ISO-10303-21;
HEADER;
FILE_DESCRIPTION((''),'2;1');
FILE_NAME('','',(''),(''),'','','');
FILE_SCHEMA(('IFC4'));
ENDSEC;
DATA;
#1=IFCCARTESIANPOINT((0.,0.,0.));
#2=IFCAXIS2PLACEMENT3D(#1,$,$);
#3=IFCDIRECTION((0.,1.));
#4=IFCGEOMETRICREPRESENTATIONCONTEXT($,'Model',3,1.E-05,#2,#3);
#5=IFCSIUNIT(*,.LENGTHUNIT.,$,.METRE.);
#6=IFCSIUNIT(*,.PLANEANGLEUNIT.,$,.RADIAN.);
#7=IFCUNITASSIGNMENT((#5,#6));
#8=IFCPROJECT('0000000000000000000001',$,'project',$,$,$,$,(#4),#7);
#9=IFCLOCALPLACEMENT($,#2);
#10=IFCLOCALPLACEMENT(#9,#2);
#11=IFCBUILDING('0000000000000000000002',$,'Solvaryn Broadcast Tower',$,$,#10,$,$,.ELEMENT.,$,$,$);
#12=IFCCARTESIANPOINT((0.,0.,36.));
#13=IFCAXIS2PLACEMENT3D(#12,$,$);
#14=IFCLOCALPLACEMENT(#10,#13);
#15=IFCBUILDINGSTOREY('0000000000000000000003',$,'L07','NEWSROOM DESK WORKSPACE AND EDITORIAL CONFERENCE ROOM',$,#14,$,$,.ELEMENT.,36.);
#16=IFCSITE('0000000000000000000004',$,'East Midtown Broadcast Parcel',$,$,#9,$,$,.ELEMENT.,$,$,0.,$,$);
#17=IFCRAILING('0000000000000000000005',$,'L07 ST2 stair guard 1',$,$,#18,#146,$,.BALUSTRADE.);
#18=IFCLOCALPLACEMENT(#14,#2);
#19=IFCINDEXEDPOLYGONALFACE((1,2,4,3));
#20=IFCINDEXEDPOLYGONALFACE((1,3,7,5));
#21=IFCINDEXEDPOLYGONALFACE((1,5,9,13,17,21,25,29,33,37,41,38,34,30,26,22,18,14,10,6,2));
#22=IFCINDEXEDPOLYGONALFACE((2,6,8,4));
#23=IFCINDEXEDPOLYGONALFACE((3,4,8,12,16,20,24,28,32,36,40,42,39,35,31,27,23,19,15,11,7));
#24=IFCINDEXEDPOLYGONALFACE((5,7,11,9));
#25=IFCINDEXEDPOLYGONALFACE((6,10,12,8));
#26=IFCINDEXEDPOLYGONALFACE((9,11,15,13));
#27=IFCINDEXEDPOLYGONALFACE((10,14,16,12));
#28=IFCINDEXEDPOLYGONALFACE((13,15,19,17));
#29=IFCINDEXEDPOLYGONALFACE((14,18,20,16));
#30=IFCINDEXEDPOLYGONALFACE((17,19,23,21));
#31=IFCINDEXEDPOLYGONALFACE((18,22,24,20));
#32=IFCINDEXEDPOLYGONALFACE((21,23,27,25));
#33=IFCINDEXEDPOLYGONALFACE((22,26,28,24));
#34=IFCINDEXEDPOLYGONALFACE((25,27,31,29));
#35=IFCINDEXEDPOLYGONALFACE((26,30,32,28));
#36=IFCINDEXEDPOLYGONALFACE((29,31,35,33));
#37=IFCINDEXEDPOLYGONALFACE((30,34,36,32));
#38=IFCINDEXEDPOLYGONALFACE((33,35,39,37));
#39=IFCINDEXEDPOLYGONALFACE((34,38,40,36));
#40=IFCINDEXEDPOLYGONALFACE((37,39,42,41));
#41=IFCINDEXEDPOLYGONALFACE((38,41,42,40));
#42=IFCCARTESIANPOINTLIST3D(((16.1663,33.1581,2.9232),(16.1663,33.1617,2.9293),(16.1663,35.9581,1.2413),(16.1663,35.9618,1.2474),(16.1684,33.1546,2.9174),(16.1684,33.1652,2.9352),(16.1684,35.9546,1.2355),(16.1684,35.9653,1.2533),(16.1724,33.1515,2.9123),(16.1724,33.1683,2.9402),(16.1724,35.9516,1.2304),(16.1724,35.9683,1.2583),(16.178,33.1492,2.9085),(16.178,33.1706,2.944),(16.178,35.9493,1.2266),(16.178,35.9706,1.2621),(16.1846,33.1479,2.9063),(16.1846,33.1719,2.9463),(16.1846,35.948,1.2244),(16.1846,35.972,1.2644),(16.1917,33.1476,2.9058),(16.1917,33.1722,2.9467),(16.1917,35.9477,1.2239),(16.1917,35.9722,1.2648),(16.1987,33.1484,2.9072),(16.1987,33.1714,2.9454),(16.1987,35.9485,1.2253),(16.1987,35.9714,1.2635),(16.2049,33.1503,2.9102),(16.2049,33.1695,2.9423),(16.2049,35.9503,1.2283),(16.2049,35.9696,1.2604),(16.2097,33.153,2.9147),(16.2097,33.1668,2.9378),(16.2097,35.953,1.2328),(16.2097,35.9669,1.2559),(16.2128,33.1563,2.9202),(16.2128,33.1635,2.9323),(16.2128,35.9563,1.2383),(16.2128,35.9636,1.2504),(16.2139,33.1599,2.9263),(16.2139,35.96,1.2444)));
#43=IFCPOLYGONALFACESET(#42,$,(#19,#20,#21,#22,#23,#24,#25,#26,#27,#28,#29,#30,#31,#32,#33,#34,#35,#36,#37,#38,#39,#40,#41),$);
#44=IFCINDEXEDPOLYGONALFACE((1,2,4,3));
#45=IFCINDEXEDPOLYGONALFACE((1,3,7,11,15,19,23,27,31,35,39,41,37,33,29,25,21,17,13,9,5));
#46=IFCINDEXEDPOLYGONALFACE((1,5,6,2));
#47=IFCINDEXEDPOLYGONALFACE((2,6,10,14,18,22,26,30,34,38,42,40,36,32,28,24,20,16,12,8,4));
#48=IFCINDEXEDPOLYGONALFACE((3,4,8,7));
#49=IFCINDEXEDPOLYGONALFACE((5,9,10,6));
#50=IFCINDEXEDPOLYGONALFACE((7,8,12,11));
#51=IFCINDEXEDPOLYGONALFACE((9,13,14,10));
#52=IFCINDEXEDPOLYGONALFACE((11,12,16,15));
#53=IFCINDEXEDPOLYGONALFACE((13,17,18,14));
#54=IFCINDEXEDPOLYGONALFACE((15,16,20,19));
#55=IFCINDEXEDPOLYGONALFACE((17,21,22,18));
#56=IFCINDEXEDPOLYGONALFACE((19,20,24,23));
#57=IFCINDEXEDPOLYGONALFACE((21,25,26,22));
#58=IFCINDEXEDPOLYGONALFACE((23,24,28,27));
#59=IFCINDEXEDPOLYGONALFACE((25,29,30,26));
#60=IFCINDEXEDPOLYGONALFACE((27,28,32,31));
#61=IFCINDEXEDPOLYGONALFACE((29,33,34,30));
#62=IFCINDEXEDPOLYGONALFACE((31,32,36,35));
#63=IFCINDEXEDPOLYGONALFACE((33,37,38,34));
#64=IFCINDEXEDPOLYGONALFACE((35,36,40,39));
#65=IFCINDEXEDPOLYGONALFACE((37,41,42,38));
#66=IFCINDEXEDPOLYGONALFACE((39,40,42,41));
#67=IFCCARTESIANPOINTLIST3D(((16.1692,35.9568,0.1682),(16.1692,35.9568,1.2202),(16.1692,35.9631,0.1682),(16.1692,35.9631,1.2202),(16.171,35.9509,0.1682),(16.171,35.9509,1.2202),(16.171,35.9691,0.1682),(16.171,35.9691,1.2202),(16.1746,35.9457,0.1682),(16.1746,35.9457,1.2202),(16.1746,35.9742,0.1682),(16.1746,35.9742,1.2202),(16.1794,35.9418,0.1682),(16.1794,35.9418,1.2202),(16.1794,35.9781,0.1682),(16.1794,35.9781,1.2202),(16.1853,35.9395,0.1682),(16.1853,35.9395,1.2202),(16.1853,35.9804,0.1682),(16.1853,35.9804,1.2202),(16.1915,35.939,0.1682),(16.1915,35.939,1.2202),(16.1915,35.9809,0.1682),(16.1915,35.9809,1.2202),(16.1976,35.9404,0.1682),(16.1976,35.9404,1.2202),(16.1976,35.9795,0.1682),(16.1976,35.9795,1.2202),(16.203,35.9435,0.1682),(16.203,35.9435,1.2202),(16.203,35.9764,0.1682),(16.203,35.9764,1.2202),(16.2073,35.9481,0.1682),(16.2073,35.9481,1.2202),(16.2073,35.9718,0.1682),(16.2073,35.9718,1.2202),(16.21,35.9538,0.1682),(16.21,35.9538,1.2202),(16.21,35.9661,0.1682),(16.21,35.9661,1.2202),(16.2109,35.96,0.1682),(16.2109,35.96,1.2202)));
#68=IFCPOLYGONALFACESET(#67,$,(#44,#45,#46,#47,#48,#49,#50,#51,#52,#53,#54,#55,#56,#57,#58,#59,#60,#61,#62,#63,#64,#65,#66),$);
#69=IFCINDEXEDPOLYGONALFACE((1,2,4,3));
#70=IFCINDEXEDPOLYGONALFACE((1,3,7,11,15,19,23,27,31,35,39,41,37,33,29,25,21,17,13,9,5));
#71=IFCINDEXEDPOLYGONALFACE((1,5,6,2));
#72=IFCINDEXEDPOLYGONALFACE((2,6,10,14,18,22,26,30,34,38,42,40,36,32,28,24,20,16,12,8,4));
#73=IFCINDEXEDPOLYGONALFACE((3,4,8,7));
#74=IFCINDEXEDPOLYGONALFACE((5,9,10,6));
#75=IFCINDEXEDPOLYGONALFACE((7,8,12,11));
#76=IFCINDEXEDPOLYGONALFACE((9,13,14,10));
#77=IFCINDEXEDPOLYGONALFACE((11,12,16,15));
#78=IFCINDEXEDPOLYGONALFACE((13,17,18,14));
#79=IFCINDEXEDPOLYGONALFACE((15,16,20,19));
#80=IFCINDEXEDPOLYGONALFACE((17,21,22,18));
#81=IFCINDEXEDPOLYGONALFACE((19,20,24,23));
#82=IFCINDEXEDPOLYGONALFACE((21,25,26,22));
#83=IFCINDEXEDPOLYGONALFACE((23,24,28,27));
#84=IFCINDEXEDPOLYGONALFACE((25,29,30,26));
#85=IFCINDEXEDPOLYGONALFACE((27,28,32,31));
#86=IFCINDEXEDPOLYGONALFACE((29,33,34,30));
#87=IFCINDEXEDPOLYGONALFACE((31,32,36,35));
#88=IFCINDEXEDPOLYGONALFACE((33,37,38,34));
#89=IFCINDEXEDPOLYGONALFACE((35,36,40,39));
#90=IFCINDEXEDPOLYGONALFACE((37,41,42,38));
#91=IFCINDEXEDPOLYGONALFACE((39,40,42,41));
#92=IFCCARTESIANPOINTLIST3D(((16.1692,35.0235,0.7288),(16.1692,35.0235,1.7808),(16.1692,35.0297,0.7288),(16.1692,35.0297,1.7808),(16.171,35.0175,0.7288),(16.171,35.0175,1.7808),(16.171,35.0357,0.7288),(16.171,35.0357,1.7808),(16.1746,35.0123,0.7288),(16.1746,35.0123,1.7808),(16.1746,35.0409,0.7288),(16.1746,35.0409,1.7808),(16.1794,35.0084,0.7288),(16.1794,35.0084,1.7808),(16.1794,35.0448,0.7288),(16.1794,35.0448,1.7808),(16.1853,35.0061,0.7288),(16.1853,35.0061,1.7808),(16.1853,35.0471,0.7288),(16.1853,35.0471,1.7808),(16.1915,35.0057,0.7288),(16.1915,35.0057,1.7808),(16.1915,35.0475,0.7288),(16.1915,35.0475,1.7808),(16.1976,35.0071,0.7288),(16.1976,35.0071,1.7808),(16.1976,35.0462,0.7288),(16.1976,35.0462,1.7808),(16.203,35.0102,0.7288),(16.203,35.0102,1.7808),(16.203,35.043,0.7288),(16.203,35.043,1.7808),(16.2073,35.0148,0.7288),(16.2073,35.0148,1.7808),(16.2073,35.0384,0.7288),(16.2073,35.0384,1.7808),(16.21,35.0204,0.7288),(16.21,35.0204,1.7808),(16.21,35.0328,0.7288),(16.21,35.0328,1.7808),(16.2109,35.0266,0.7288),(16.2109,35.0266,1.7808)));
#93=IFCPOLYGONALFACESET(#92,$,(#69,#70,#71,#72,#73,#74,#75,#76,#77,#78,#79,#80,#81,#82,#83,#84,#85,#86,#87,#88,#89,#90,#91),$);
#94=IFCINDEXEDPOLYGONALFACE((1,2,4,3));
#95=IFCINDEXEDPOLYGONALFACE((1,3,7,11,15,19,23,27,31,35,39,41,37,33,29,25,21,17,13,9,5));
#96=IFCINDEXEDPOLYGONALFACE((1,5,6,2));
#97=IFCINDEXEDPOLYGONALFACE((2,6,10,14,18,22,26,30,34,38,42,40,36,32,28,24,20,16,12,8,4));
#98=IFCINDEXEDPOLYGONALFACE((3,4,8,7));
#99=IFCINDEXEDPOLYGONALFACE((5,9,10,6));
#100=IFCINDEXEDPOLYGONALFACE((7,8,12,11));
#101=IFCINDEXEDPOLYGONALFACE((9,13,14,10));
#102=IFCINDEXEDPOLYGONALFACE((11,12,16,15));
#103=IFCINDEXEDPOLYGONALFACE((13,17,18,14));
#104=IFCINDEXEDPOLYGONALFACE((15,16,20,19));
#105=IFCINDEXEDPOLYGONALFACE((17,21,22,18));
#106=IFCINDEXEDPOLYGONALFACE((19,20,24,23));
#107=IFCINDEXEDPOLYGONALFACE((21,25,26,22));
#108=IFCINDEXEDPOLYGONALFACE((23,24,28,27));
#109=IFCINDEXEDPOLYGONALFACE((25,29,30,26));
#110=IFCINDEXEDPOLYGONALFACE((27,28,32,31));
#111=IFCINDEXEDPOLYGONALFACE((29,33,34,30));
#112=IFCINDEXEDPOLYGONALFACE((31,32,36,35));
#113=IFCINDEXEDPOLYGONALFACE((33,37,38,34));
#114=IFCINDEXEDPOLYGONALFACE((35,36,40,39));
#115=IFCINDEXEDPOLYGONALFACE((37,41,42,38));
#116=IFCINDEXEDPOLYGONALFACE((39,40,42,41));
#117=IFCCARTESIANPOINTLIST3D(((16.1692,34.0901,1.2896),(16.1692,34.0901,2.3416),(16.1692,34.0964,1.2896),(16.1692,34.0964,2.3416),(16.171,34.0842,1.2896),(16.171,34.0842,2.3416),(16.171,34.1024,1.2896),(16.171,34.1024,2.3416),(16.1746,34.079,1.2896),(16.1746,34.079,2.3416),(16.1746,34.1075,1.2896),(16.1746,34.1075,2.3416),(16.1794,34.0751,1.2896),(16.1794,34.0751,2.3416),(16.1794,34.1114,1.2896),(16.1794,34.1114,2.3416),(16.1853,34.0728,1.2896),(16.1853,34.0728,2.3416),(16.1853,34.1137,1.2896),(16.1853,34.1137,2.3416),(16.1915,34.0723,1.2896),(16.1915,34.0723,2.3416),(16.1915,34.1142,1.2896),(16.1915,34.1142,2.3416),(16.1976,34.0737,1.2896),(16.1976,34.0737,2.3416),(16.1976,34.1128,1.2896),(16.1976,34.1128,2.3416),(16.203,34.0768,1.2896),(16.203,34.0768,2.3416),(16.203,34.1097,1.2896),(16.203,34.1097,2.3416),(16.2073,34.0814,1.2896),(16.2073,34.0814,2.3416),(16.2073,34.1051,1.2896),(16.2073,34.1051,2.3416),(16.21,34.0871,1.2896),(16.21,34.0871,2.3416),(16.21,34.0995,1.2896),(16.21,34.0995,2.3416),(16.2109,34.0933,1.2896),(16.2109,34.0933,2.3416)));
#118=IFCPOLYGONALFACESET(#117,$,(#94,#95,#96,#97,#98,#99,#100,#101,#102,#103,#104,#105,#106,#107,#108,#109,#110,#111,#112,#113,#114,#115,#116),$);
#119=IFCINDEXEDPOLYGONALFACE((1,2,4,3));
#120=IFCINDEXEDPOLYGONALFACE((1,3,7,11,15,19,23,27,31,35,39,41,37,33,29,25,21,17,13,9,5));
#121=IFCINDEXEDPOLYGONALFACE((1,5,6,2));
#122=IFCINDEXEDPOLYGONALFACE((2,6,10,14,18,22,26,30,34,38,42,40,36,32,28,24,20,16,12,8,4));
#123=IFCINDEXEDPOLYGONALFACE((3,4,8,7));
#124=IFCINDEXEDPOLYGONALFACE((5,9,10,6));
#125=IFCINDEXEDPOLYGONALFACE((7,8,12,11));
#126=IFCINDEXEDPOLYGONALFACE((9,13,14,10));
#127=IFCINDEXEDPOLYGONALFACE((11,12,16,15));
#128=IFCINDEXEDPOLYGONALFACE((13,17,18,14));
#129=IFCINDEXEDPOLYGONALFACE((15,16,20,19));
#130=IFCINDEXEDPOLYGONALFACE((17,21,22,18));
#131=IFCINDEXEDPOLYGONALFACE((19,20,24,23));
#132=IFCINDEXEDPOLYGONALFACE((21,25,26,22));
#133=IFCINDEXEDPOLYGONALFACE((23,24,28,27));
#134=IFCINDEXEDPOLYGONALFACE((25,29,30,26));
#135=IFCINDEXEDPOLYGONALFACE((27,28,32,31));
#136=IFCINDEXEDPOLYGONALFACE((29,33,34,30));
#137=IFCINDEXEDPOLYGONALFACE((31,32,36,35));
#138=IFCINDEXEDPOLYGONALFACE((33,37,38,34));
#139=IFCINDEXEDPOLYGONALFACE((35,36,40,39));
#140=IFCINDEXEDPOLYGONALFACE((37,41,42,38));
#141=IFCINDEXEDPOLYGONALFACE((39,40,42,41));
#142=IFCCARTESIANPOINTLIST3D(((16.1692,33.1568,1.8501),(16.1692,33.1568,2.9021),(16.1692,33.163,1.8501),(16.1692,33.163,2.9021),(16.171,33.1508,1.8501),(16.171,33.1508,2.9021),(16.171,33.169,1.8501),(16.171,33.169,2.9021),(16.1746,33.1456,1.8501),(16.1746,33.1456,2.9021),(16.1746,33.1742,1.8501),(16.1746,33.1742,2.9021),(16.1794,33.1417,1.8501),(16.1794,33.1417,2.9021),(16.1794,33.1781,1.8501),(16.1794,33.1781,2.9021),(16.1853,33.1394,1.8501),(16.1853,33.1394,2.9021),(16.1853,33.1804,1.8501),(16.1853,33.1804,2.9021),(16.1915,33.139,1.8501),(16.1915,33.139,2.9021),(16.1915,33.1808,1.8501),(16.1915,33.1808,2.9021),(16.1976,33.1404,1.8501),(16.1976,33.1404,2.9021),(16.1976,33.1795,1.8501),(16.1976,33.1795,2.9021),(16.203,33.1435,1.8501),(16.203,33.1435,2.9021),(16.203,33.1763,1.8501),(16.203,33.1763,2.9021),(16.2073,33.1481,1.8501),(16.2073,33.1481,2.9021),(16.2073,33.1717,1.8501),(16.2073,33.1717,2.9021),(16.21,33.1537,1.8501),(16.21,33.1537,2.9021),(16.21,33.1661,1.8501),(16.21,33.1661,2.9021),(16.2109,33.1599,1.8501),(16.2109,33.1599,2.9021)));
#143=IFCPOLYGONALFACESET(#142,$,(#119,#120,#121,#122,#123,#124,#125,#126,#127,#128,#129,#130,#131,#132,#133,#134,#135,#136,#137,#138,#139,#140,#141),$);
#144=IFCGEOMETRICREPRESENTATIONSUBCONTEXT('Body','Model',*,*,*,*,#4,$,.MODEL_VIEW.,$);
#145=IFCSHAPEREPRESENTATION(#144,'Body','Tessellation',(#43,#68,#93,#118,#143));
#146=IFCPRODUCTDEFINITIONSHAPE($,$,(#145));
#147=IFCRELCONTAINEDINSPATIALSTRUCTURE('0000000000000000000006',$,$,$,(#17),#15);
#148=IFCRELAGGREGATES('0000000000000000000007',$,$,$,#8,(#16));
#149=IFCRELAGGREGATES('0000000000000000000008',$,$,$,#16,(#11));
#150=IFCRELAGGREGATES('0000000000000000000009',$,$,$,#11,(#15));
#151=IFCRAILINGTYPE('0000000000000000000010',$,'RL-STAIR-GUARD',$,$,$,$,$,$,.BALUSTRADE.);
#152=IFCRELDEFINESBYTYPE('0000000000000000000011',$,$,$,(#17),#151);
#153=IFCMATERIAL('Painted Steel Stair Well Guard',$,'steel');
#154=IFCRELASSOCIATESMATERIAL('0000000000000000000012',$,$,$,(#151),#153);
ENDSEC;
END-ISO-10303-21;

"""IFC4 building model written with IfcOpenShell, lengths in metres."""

from ifc_helpers import new_model, si_unit, direction, frame, origin, origin_2d, place, context, subcontext, project, spatial, circle, extrude, material, type_object, element, save


model = new_model("IFC4")

# Units and contexts
model_context = context("Model", 3, precision=1e-05, world=origin(), true_north=direction((0.0, 1.0)))
body_context = subcontext(model_context, "Body", "Model", "MODEL_VIEW")
ifc_project = project(units=[si_unit("LENGTHUNIT", "METRE"), si_unit("PLANEANGLEUNIT", "RADIAN")], contexts=[model_context])

# Site, building, storey
site_placement = place(None, origin())
site = spatial("IfcSite", under=ifc_project, at=site_placement, Name="East Midtown Broadcast Parcel", CompositionType="ELEMENT", RefElevation=0.0)
building_placement = place(site_placement, origin())
building = spatial("IfcBuilding", under=site, at=building_placement, Name="Solvaryn Broadcast Tower", CompositionType="ELEMENT")
storey_placement = place(building_placement, frame((0.0, 0.0, 36.0)))
storey = spatial("IfcBuildingStorey", under=building, at=storey_placement, Name="L07", Description="NEWSROOM DESK WORKSPACE AND EDITORIAL CONFERENCE ROOM", CompositionType="ELEMENT", Elevation=36.0)

# Railing
ifc_material_1 = material(Name="Painted Steel Stair Well Guard", Category="steel")
railing_type_1 = type_object("IfcRailingType", Name="RL-STAIR-GUARD", PredefinedType="BALUSTRADE", material=ifc_material_1)
railing_1_placement = place(storey_placement, frame((16.1899, 35.96, 0.1682)))
element("IfcRailing", 1, at=railing_1_placement, inside=storey, type_object=railing_type_1, Name="L07 ST2 stair guard 1", PredefinedType="BALUSTRADE", context=body_context, shape_type="SweptSolid", body=[
    extrude(circle(Radius=0.0239, at=origin_2d()), frame((0.0, 0.0, 1.0762), z_axis=(0.0, -0.857242, 0.514913), x_axis=(1.0, 0.0, 0.0)), (0.0, 0.0, 1.0), 3.2664),
    extrude(circle(Radius=0.021, at=origin_2d()), origin(), (0.0, 0.0, 1.0), 1.052),
    extrude(circle(Radius=0.021, at=origin_2d()), frame((0.0, -0.9333, 0.5605)), (0.0, 0.0, 1.0), 1.052),
    extrude(circle(Radius=0.021, at=origin_2d()), frame((0.0, -1.8667, 1.1213)), (0.0, 0.0, 1.0), 1.052),
    extrude(circle(Radius=0.021, at=origin_2d()), frame((0.0, -2.8, 1.6819)), (0.0, 0.0, 1.0), 1.052),
])

save(model, "model.ifc")
